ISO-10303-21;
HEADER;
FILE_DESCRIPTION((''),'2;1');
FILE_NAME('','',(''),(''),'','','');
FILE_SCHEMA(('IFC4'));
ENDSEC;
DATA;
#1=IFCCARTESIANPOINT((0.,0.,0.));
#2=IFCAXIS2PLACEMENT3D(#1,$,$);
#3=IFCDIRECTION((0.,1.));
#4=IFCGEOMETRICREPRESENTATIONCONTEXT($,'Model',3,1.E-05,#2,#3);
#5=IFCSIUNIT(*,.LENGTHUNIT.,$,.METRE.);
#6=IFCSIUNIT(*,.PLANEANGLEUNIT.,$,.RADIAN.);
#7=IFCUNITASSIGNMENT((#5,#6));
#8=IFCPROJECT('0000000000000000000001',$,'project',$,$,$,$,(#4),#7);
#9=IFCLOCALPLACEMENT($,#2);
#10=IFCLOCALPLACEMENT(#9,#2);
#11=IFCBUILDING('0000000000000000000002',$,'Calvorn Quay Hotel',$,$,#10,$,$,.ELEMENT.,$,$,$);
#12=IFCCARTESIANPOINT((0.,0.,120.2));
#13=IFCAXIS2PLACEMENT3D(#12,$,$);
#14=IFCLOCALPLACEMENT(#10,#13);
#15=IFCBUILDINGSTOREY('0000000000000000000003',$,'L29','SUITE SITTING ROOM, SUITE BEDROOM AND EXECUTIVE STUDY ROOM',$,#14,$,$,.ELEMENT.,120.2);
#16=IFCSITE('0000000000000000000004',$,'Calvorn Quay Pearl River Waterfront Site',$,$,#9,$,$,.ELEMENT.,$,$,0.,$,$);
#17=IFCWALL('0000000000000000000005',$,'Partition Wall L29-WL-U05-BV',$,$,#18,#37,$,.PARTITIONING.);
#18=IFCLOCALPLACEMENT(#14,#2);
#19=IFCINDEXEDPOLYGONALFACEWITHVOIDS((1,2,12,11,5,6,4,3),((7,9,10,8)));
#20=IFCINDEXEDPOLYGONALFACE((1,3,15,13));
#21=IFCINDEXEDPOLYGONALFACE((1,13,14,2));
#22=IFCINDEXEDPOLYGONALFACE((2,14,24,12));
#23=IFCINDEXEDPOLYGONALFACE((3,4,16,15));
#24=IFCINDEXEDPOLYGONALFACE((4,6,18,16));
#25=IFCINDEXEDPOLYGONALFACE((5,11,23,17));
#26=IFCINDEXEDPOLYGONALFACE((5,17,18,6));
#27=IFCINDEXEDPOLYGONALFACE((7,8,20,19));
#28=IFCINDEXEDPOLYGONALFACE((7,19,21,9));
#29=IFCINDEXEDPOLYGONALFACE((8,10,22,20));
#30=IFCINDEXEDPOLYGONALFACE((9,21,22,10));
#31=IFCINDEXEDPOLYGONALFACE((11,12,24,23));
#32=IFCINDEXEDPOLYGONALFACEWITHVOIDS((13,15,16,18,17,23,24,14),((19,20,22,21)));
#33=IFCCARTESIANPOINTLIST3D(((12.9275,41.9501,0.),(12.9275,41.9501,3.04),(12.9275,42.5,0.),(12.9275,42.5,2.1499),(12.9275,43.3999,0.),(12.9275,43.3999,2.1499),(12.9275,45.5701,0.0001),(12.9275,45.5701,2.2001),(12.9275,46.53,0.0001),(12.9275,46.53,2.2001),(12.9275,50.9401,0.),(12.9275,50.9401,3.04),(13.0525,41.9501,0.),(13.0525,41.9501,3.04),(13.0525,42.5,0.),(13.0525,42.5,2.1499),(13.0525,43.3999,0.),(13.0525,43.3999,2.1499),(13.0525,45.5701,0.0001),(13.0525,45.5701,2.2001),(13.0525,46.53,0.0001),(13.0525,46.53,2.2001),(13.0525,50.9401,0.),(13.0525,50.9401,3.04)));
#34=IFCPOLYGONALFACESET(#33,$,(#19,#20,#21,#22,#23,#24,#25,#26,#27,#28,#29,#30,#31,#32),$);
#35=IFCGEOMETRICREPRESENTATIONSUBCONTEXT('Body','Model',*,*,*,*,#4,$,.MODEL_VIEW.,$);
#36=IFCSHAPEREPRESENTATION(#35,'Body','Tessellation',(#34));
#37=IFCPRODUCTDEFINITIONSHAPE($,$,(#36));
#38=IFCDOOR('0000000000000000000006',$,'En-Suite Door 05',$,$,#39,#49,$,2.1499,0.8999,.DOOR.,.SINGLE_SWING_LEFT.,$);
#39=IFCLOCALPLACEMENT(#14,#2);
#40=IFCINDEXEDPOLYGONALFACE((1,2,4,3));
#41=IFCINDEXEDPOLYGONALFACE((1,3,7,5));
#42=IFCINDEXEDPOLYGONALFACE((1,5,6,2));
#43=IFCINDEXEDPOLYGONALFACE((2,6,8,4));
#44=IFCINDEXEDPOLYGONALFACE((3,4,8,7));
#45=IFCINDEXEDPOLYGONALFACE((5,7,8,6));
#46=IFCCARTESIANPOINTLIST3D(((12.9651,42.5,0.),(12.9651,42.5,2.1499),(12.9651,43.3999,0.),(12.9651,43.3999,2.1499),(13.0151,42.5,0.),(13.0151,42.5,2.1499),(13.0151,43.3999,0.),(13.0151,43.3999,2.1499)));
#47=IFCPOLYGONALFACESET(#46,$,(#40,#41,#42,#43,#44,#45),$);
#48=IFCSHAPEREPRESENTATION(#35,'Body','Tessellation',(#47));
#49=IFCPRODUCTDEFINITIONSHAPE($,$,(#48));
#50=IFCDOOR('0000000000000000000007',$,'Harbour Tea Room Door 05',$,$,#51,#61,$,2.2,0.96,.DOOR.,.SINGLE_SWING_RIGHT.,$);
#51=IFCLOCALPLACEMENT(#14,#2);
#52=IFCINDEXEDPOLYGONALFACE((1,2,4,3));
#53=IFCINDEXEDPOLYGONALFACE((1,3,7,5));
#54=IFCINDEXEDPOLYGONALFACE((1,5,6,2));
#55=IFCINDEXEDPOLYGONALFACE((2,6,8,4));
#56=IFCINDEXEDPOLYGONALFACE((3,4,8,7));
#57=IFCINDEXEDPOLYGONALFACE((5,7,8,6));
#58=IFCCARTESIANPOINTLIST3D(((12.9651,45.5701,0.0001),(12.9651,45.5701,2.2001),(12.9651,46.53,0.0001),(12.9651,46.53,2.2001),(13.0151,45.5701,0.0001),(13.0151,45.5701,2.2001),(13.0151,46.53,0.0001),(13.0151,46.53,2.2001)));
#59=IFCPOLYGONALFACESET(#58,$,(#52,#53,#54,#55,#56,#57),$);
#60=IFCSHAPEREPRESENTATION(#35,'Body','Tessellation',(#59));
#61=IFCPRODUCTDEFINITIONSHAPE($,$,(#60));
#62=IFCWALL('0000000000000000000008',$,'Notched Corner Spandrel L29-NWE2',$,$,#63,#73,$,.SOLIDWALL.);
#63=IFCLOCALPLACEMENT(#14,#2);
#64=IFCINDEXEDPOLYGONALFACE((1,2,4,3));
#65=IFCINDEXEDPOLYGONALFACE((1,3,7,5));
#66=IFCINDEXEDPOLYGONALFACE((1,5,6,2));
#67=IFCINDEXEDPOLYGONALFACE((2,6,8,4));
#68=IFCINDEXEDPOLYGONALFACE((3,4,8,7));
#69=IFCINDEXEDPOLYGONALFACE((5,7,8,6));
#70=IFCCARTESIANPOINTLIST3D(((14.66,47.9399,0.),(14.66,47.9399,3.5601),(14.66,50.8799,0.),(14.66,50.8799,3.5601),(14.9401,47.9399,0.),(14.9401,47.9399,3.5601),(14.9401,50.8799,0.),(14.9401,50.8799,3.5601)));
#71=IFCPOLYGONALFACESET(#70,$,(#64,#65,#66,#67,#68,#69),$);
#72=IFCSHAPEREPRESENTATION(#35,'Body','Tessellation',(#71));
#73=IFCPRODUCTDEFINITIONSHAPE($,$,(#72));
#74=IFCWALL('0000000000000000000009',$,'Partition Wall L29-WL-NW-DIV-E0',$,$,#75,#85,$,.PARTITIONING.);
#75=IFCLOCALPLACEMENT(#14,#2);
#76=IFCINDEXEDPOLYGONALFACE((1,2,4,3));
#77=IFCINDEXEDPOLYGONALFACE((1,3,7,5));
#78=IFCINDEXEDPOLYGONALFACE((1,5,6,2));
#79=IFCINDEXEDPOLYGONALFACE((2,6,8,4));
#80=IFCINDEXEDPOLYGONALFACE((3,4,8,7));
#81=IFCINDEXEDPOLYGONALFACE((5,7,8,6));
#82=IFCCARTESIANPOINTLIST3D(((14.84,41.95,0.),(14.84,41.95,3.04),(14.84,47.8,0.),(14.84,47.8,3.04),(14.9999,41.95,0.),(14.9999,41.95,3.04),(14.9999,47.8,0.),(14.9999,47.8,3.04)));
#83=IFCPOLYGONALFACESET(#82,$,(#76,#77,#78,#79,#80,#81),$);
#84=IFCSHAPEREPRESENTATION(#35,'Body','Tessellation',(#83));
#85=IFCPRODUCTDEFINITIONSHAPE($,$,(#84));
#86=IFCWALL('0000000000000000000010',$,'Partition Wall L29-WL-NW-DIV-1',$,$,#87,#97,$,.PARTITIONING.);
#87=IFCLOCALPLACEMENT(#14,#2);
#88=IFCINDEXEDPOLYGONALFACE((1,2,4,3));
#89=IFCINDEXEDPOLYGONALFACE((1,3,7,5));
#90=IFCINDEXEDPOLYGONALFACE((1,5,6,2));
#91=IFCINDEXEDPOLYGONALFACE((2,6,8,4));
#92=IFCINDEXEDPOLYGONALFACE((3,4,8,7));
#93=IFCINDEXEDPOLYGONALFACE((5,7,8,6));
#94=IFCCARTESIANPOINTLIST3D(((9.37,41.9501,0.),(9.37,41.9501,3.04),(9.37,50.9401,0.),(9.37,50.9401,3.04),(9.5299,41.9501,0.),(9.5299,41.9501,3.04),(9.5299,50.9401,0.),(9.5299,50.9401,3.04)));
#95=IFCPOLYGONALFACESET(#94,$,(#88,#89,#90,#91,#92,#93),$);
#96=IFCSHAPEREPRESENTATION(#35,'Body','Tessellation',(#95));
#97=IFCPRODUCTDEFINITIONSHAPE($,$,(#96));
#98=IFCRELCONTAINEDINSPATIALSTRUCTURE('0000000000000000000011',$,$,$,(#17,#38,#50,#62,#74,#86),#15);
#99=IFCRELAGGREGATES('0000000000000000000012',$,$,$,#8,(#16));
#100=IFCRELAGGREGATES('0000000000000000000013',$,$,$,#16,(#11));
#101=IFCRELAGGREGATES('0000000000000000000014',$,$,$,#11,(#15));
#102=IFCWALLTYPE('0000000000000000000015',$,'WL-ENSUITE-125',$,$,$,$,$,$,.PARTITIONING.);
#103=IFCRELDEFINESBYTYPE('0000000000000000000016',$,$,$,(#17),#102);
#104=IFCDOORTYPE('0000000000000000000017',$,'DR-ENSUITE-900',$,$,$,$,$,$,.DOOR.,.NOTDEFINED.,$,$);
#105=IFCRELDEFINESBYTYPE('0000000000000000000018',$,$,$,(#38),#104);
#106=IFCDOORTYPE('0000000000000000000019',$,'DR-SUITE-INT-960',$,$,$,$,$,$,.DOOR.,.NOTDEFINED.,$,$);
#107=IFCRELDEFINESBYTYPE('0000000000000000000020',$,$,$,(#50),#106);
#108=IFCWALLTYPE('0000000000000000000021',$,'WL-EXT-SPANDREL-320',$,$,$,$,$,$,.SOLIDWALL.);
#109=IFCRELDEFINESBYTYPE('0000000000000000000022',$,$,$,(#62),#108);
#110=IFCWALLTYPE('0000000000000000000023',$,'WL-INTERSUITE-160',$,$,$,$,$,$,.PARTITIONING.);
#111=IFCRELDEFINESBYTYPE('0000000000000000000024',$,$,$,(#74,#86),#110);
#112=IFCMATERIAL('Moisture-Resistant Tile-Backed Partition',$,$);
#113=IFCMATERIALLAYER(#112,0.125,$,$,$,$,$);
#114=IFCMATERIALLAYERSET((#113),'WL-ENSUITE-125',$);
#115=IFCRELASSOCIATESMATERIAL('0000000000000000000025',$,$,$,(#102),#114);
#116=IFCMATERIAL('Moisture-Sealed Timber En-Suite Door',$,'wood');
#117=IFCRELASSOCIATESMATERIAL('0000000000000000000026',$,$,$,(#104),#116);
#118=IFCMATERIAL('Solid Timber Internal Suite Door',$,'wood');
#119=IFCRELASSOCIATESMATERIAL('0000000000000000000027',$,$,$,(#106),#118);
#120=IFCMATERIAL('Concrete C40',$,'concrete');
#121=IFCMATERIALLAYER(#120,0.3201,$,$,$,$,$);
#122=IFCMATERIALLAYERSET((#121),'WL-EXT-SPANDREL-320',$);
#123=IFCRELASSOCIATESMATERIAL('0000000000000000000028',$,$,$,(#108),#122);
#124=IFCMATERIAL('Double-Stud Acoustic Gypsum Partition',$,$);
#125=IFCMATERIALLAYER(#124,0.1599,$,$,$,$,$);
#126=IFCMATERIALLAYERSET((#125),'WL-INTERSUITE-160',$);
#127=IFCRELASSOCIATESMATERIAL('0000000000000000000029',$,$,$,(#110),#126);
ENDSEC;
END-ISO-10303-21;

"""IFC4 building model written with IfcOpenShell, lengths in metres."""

from ifc_helpers import new_model, si_unit, direction, frame, frame_2d, origin, place, context, subcontext, project, spatial, rectangle, extrude, material, layer, layer_set, type_object, element, fill, save


model = new_model("IFC4")

# Units and contexts
model_context = context("Model", 3, precision=1e-05, world=origin(), true_north=direction((0.0, 1.0)))
body_context = subcontext(model_context, "Body", "Model", "MODEL_VIEW")
ifc_project = project(units=[si_unit("LENGTHUNIT", "METRE"), si_unit("PLANEANGLEUNIT", "RADIAN")], contexts=[model_context])

# Site, building, storey
site_placement = place(None, origin())
site = spatial("IfcSite", under=ifc_project, at=site_placement, Name="Calvorn Quay Pearl River Waterfront Site", CompositionType="ELEMENT", RefElevation=0.0)
building_placement = place(site_placement, origin())
building = spatial("IfcBuilding", under=site, at=building_placement, Name="Calvorn Quay Hotel", CompositionType="ELEMENT")
storey_placement = place(building_placement, frame((0.0, 0.0, 120.2)))
storey = spatial("IfcBuildingStorey", under=building, at=storey_placement, Name="L29", Description="SUITE SITTING ROOM, SUITE BEDROOM AND EXECUTIVE STUDY ROOM", CompositionType="ELEMENT", Elevation=120.2)

# Shared definitions
ifc_material_1 = material(Name="Moisture-Resistant Tile-Backed Partition")
ifc_layer_1 = layer(ifc_material_1, 0.125)
ifc_layer_set_1 = layer_set([ifc_layer_1], Name="WL-ENSUITE-125")
wall_type_1 = type_object("IfcWallType", Name="WL-ENSUITE-125", PredefinedType="PARTITIONING", material=ifc_layer_set_1)

# Shared definitions
ifc_material_2 = material(Name="Moisture-Sealed Timber En-Suite Door", Category="wood")
door_type_1 = type_object("IfcDoorType", Name="DR-ENSUITE-900", OperationType="NOTDEFINED", PredefinedType="DOOR", material=ifc_material_2)
ifc_material_3 = material(Name="Solid Timber Internal Suite Door", Category="wood")
door_type_2 = type_object("IfcDoorType", Name="DR-SUITE-INT-960", OperationType="NOTDEFINED", PredefinedType="DOOR", material=ifc_material_3)

# Wall, openings, doors
wall_1_placement = place(storey_placement, frame((12.99, 41.95, 0.0), z_axis=(0.0, 0.0, 1.0), x_axis=(0.0, 1.0, 0.0)))
wall_1 = element("IfcWall", 1, at=wall_1_placement, inside=storey, type_object=wall_type_1, Name="Partition Wall L29-WL-U05-BV", PredefinedType="PARTITIONING", context=body_context, shape_type="SweptSolid", body=[
    extrude(rectangle(XDim=8.99, YDim=0.125, at=frame_2d((4.4951, 0.0))), origin(), (0.0, 0.0, 1.0), 3.04),
])
opening_1_placement = place(wall_1_placement, frame((0.55, 0.0, 0.0)))
opening_1 = element("IfcOpeningElement", 2, at=opening_1_placement, cuts=wall_1, PredefinedType="OPENING", context=body_context, shape_type="SweptSolid", body=[
    extrude(rectangle(XDim=0.8999, YDim=2.1499, at=frame_2d((0.45, 1.075))), frame((0.0, 0.0725, 0.0), z_axis=(0.0, -1.0, 0.0), x_axis=(1.0, 0.0, 0.0)), (0.0, 0.0, 1.0), 0.145),
])
opening_2_placement = place(wall_1_placement, frame((3.6201, 0.0, 0.0)))
opening_2 = element("IfcOpeningElement", 3, at=opening_2_placement, cuts=wall_1, PredefinedType="OPENING", context=body_context, shape_type="SweptSolid", body=[
    extrude(rectangle(XDim=0.96, YDim=2.2, at=frame_2d((0.48, 1.1001))), frame((0.0, 0.0725, 0.0), z_axis=(0.0, -1.0, 0.0), x_axis=(1.0, 0.0, 0.0)), (0.0, 0.0, 1.0), 0.145),
])
door_1_placement = place(opening_1_placement, origin())
door_1 = element("IfcDoor", 4, at=door_1_placement, inside=storey, type_object=door_type_1, Name="En-Suite Door 05", OperationType="SINGLE_SWING_LEFT", OverallHeight=2.1499, OverallWidth=0.8999, PredefinedType="DOOR", context=body_context, shape_type="SweptSolid", body=[
    extrude(rectangle(XDim=0.8999, YDim=2.1499, at=frame_2d((0.45, 1.075))), frame((0.0, 0.0249, 0.0), z_axis=(0.0, -1.0, 0.0), x_axis=(1.0, 0.0, 0.0)), (0.0, 0.0, 1.0), 0.05),
])
fill(opening_1, door_1)
door_2_placement = place(opening_2_placement, origin())
door_2 = element("IfcDoor", 5, at=door_2_placement, inside=storey, type_object=door_type_2, Name="Harbour Tea Room Door 05", OperationType="SINGLE_SWING_RIGHT", OverallHeight=2.2, OverallWidth=0.96, PredefinedType="DOOR", context=body_context, shape_type="SweptSolid", body=[
    extrude(rectangle(XDim=0.96, YDim=2.2, at=frame_2d((0.48, 1.1001))), frame((0.0, 0.0249, 0.0), z_axis=(0.0, -1.0, 0.0), x_axis=(1.0, 0.0, 0.0)), (0.0, 0.0, 1.0), 0.05),
])
fill(opening_2, door_2)

# Walls
ifc_material_4 = material(Name="Concrete C40", Category="concrete")
ifc_layer_2 = layer(ifc_material_4, 0.3201)
ifc_layer_set_2 = layer_set([ifc_layer_2], Name="WL-EXT-SPANDREL-320")
wall_type_2 = type_object("IfcWallType", Name="WL-EXT-SPANDREL-320", PredefinedType="SOLIDWALL", material=ifc_layer_set_2)
wall_2_placement = place(storey_placement, frame((14.8, 47.9399, 0.0), z_axis=(0.0, 0.0, 1.0), x_axis=(0.0, 1.0, 0.0)))
element("IfcWall", 6, at=wall_2_placement, inside=storey, type_object=wall_type_2, Name="Notched Corner Spandrel L29-NWE2", PredefinedType="SOLIDWALL", context=body_context, shape_type="SweptSolid", body=[
    extrude(rectangle(XDim=2.9399, YDim=0.28, at=frame_2d((1.47, 0.0))), origin(), (0.0, 0.0, 1.0), 3.5601),
])
ifc_material_5 = material(Name="Double-Stud Acoustic Gypsum Partition")
ifc_layer_3 = layer(ifc_material_5, 0.1599)
ifc_layer_set_3 = layer_set([ifc_layer_3], Name="WL-INTERSUITE-160")
wall_type_3 = type_object("IfcWallType", Name="WL-INTERSUITE-160", PredefinedType="PARTITIONING", material=ifc_layer_set_3)
wall_3_placement = place(storey_placement, frame((14.9199, 41.95, 0.0), z_axis=(0.0, 0.0, 1.0), x_axis=(0.0, 1.0, 0.0)))
element("IfcWall", 7, at=wall_3_placement, inside=storey, type_object=wall_type_3, Name="Partition Wall L29-WL-NW-DIV-E0", PredefinedType="PARTITIONING", context=body_context, shape_type="SweptSolid", body=[
    extrude(rectangle(XDim=5.8501, YDim=0.1599, at=frame_2d((2.925, 0.0))), origin(), (0.0, 0.0, 1.0), 3.04),
])
wall_4_placement = place(storey_placement, frame((9.45, 41.95, 0.0), z_axis=(0.0, 0.0, 1.0), x_axis=(0.0, 1.0, 0.0)))
element("IfcWall", 8, at=wall_4_placement, inside=storey, type_object=wall_type_3, Name="Partition Wall L29-WL-NW-DIV-1", PredefinedType="PARTITIONING", context=body_context, shape_type="SweptSolid", body=[
    extrude(rectangle(XDim=8.99, YDim=0.1599, at=frame_2d((4.4951, 0.0))), origin(), (0.0, 0.0, 1.0), 3.04),
])

save(model, "model.ifc")
